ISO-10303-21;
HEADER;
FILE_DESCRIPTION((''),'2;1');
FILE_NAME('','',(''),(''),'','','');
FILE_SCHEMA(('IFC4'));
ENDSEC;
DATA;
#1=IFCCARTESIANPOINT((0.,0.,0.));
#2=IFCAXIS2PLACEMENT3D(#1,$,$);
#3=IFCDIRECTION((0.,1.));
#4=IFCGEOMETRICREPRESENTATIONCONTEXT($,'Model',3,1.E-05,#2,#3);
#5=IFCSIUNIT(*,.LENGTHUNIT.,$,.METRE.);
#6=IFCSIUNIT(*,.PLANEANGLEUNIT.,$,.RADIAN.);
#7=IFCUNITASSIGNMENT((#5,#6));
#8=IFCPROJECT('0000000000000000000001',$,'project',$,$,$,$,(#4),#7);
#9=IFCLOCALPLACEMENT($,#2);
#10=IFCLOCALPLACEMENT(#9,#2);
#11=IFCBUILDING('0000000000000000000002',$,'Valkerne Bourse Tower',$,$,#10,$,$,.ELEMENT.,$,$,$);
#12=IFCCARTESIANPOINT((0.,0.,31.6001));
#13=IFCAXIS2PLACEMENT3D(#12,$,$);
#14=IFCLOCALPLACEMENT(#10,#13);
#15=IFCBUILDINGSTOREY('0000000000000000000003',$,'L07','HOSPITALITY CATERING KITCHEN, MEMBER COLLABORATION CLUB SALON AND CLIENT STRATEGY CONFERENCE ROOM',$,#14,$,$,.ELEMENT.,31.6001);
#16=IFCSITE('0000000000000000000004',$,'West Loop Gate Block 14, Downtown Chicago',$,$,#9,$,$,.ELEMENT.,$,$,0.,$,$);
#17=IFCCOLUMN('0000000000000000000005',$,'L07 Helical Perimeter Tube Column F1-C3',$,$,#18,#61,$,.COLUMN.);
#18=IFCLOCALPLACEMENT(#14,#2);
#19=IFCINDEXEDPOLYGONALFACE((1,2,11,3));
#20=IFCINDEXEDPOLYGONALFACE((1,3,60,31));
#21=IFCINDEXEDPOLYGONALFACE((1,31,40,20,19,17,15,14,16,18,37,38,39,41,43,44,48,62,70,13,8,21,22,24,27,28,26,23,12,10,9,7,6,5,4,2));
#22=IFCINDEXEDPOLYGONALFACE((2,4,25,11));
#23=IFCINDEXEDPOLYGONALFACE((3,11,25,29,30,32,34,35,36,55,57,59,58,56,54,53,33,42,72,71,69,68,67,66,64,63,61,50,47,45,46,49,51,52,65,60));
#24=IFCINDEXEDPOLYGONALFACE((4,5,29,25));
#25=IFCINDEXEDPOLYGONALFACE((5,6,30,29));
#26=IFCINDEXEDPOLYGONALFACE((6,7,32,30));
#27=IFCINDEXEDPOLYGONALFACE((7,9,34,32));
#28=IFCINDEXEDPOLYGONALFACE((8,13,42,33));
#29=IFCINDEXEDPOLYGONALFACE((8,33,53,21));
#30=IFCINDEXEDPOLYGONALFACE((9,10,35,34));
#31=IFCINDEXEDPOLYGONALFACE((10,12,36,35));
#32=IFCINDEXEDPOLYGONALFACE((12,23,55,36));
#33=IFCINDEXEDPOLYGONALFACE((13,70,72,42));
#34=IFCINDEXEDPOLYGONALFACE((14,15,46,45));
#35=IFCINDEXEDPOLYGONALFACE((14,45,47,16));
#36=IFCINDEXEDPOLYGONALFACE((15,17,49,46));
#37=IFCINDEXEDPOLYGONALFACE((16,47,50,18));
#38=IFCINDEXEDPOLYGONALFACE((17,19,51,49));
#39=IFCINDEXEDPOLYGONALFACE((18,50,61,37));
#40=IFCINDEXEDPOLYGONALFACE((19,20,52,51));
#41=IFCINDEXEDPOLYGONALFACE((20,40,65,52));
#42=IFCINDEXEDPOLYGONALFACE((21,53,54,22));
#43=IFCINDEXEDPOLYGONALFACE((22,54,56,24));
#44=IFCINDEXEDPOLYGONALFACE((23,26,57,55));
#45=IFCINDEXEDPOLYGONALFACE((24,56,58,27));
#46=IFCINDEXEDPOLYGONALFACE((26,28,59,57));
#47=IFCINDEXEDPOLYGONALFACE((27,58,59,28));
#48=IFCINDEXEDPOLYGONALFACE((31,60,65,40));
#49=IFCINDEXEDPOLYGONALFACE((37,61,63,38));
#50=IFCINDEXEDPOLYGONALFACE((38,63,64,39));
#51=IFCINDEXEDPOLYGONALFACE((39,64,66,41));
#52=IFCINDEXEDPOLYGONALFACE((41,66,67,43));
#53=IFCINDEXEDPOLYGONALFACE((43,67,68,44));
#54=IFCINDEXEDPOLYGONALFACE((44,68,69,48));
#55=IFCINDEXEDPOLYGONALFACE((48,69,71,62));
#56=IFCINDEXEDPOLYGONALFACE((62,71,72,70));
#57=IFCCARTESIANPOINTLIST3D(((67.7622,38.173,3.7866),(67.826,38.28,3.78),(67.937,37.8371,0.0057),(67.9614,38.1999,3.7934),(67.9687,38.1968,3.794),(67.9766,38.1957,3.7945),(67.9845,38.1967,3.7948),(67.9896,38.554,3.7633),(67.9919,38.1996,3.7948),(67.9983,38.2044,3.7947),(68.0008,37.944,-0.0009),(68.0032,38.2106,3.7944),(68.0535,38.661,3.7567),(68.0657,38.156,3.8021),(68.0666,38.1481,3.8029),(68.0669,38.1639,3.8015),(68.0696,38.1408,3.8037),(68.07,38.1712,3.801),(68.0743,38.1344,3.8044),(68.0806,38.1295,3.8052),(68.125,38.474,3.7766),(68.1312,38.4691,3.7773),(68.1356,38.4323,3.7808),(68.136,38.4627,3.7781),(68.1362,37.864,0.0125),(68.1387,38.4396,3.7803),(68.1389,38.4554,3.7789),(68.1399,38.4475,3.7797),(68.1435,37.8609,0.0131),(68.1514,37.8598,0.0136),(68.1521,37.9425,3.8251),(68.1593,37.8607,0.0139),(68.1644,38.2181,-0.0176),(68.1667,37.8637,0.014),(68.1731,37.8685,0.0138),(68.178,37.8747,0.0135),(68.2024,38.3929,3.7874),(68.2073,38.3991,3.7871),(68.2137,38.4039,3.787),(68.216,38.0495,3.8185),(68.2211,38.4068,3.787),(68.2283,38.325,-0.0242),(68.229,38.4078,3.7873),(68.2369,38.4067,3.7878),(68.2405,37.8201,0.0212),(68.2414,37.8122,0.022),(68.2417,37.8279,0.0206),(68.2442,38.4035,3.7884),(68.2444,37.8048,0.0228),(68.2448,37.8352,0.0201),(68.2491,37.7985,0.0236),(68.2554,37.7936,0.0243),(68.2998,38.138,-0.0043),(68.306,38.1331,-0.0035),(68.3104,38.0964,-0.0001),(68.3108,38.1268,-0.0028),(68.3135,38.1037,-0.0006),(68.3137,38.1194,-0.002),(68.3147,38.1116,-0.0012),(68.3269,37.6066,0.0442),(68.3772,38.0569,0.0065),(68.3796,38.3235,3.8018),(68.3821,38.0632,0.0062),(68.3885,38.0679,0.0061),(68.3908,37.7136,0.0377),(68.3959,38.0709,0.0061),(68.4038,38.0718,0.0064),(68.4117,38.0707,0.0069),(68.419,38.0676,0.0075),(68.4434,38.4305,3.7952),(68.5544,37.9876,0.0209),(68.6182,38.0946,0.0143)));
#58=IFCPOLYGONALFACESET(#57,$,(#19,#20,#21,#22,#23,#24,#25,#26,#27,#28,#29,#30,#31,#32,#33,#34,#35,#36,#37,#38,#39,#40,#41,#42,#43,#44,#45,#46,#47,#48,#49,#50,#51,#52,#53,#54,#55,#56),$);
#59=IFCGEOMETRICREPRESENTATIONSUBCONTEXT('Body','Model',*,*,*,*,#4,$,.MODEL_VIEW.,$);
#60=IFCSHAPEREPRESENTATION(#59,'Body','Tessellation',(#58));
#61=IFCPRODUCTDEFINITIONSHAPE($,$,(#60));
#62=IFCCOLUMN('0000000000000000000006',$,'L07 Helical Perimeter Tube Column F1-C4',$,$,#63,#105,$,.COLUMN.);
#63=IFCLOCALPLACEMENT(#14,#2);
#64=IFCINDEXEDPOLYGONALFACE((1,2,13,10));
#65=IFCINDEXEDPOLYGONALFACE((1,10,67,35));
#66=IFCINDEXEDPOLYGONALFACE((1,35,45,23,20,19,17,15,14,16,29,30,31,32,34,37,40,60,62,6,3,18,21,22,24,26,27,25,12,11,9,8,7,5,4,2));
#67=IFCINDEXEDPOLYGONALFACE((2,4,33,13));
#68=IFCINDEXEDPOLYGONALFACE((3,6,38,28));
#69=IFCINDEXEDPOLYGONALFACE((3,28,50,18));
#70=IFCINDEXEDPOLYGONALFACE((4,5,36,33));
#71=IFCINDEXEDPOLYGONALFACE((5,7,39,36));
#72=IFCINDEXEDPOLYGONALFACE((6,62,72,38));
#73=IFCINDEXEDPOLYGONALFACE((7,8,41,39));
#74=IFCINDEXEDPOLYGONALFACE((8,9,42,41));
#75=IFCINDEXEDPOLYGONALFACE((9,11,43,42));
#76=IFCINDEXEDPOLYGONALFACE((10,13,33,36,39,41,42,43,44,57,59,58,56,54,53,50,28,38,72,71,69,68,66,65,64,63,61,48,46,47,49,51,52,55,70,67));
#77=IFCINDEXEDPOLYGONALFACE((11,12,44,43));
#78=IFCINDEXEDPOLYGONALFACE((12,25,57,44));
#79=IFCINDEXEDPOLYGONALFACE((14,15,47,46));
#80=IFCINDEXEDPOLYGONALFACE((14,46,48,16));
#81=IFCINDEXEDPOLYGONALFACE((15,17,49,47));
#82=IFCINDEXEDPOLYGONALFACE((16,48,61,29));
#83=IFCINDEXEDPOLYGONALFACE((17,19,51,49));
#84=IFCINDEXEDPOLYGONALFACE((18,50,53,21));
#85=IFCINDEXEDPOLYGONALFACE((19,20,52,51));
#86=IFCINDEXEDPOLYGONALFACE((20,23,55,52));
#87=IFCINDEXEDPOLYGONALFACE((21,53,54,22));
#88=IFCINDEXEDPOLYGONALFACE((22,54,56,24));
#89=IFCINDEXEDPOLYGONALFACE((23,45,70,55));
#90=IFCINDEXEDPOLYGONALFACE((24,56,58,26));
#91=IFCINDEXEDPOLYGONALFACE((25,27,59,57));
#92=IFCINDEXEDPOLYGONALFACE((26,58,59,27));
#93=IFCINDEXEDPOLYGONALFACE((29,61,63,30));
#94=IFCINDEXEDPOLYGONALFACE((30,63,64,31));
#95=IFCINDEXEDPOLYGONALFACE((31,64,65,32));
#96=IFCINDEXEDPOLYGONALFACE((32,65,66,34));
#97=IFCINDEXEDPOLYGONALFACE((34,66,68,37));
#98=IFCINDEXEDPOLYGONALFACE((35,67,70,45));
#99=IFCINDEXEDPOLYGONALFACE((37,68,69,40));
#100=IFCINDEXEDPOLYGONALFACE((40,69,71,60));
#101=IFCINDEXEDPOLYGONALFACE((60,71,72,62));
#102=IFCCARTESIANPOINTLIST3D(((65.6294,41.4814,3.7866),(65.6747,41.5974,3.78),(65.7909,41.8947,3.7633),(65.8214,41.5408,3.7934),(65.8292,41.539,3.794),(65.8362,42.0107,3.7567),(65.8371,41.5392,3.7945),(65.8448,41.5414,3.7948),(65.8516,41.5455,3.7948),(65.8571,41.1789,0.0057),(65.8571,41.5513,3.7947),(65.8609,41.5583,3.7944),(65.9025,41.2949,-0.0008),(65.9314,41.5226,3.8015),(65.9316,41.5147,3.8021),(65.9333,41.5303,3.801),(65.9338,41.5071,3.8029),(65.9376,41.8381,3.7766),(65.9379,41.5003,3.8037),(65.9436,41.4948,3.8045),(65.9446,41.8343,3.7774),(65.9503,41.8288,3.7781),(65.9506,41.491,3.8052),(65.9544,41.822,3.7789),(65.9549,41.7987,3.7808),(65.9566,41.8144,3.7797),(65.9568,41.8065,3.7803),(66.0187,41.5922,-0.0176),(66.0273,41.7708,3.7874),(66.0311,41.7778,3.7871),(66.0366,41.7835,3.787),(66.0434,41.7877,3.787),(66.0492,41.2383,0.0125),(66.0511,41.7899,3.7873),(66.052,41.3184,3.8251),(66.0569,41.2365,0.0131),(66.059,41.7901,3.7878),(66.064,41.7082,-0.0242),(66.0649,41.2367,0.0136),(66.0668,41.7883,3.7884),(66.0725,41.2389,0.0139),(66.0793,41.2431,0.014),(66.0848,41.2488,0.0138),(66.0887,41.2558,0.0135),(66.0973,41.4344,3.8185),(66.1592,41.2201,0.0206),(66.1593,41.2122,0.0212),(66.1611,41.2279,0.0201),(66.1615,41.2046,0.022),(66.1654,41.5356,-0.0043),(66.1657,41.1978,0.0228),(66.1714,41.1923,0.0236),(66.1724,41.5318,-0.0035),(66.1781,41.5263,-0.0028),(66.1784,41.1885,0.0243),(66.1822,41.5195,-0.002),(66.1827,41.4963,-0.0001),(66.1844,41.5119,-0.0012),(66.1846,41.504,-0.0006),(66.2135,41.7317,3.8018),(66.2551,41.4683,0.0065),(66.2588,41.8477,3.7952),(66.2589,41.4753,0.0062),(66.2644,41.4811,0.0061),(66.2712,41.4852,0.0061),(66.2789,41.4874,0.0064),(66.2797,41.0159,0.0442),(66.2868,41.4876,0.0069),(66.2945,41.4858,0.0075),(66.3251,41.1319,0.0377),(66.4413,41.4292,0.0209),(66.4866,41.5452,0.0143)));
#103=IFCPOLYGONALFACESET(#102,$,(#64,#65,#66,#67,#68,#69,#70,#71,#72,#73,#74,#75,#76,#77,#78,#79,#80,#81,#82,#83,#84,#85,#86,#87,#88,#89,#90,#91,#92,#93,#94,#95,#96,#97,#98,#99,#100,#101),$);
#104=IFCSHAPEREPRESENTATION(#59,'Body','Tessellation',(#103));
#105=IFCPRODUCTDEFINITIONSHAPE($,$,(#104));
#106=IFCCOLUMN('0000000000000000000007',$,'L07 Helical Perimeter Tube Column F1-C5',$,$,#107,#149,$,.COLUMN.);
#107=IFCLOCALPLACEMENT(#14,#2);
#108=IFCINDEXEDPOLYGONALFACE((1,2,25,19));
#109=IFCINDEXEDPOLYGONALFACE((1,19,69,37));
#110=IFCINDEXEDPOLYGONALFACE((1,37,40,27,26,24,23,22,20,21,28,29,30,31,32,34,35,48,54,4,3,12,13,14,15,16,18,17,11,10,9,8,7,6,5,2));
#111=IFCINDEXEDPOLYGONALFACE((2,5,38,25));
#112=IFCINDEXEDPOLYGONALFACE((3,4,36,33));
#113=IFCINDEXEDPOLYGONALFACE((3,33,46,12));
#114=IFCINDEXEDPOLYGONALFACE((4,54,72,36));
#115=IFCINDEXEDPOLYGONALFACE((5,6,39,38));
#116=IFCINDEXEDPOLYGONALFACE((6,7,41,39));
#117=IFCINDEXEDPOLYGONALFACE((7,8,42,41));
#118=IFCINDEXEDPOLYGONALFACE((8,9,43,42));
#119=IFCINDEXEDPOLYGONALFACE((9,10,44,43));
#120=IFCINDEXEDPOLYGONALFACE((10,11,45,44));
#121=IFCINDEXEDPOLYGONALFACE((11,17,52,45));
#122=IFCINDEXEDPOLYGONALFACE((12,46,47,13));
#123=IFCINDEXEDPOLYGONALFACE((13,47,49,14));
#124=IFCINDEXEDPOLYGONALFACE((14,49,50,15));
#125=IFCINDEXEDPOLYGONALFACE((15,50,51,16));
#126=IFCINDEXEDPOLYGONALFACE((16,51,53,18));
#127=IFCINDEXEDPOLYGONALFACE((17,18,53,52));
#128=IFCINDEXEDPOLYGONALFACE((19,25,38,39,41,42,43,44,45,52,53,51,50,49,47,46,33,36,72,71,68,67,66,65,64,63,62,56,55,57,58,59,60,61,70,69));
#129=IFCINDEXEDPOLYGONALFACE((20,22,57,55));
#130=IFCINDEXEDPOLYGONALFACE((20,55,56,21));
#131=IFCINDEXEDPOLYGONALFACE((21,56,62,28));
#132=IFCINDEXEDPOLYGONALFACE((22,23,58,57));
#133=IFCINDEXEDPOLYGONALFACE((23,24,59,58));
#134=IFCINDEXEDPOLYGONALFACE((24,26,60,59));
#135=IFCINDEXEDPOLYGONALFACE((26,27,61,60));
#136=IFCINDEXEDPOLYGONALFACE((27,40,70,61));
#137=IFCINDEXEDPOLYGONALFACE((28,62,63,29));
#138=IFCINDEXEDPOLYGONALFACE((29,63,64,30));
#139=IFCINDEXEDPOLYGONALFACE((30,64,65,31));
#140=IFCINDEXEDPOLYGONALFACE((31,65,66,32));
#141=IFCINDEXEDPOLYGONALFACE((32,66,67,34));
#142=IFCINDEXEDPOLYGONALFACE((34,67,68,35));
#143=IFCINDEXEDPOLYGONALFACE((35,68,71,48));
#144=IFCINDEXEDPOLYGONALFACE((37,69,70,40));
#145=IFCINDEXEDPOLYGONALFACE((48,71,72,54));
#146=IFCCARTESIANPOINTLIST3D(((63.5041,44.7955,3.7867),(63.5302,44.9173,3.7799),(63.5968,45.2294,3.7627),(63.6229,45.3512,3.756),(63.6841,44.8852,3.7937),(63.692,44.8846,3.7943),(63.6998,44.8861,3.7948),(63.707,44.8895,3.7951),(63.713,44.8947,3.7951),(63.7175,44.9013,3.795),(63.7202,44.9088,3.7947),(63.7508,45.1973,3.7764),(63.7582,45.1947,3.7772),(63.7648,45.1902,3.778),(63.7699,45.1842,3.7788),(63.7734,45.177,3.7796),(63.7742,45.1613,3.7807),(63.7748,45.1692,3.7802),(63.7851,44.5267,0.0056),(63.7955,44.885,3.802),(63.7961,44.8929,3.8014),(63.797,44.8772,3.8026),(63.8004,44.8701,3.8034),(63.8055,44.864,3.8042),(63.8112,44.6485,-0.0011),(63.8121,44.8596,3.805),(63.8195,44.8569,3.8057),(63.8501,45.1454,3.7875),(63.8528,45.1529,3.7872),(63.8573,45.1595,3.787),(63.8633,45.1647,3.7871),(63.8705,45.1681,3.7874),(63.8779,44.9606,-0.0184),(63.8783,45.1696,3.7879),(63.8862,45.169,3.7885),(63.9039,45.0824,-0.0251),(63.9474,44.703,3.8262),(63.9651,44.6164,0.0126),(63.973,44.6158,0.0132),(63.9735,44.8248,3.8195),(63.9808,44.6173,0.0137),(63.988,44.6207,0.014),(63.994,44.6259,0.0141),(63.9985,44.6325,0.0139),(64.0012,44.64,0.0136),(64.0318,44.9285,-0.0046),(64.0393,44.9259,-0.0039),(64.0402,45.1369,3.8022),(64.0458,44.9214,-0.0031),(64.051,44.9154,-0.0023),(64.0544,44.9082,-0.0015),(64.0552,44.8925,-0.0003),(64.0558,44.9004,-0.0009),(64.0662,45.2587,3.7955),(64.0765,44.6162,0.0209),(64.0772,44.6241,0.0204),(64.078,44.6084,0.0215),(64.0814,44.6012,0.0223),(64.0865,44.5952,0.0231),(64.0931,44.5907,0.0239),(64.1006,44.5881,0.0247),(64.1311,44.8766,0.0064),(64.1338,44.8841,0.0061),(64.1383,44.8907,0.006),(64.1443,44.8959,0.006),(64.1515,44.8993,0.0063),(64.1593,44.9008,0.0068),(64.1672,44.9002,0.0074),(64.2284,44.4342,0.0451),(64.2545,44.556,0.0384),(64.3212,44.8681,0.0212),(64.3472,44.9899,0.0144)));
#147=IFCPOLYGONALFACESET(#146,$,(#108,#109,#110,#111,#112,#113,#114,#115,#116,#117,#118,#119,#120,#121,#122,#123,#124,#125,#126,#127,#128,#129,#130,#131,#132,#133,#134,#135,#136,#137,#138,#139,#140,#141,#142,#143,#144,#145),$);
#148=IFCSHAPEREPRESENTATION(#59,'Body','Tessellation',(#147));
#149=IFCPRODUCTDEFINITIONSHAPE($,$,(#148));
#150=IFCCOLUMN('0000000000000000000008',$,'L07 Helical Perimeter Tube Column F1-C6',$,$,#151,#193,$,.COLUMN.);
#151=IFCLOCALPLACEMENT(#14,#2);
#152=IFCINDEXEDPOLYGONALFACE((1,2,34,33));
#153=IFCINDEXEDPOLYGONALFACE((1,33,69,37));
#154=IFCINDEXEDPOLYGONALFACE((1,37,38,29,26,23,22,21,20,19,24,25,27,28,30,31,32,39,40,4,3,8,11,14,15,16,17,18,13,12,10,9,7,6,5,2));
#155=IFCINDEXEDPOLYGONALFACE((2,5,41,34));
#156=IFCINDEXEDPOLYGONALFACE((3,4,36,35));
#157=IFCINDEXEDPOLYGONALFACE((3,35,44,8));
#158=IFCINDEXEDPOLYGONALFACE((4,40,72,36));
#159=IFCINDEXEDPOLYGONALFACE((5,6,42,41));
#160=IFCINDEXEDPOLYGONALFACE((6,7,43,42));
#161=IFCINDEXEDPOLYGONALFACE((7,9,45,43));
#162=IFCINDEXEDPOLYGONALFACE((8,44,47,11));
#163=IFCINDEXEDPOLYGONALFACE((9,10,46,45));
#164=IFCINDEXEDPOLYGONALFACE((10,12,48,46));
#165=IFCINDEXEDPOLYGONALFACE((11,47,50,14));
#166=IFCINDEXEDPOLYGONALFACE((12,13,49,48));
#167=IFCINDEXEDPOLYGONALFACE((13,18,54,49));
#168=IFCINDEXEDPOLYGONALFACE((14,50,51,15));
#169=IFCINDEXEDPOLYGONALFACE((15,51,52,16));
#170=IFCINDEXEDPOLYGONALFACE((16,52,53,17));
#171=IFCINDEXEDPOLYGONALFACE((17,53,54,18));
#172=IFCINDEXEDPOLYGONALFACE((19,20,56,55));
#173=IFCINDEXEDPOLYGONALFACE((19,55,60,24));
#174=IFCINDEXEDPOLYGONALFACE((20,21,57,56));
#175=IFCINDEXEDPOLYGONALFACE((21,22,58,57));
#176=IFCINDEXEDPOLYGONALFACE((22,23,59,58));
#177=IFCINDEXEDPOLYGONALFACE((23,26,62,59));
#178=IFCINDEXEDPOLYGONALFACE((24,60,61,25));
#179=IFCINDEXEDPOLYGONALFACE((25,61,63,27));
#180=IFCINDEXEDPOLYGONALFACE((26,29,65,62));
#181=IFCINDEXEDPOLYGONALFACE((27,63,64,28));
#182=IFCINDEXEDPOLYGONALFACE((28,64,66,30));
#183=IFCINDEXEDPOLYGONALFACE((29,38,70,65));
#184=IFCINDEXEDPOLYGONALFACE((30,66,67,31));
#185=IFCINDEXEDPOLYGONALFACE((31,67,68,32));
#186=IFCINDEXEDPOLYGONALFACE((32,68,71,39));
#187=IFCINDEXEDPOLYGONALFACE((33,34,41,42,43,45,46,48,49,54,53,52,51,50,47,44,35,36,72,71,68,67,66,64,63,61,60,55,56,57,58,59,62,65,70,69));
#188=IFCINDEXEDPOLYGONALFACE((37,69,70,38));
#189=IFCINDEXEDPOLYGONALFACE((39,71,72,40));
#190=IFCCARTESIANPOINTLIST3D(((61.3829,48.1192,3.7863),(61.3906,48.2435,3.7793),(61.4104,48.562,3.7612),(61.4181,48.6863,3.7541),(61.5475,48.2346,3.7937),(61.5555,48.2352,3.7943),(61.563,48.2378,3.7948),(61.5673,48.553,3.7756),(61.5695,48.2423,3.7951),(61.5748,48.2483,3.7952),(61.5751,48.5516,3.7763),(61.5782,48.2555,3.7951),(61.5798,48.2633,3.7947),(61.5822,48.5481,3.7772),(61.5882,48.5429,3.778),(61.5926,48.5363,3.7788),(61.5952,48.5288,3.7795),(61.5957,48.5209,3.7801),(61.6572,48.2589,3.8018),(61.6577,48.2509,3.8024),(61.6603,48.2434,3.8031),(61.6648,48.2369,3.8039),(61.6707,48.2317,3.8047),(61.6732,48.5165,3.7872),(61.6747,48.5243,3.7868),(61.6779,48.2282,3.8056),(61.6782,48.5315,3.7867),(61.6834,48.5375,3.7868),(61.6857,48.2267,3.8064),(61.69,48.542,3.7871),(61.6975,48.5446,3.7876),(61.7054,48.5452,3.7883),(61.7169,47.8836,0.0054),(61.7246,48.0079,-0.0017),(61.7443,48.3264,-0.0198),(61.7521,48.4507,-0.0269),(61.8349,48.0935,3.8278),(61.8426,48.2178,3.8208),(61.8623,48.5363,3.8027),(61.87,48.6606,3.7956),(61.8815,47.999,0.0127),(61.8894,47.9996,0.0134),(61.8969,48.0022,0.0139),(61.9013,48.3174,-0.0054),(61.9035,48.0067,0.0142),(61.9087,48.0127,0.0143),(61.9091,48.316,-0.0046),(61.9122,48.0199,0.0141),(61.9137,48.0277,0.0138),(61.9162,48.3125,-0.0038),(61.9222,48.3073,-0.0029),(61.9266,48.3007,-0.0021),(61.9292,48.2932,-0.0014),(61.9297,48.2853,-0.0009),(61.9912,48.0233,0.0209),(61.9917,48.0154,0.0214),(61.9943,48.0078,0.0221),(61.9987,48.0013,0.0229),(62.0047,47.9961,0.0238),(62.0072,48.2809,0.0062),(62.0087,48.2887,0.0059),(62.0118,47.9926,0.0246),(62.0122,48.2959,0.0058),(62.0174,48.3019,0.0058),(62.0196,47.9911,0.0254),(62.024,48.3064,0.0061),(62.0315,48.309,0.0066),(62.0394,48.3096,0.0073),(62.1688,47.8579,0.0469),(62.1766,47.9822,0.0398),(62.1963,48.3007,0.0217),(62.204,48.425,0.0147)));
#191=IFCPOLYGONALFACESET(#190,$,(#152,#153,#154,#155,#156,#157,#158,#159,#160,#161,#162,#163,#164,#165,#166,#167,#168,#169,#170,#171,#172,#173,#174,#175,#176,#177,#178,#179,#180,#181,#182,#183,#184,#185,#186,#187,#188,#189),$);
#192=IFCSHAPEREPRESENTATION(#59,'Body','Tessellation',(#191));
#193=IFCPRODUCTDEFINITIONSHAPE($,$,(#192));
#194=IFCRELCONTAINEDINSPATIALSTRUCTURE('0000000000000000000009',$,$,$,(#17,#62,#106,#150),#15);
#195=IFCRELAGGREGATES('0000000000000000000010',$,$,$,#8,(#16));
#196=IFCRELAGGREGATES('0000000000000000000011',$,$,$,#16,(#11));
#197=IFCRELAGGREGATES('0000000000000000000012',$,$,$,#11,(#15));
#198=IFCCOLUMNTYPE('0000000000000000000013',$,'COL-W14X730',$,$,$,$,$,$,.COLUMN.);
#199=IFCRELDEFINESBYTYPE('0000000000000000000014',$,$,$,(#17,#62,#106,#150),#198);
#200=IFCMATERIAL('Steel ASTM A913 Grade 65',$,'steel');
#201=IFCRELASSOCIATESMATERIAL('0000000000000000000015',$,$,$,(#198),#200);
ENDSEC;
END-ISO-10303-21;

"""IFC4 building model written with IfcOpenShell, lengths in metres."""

from ifc_helpers import new_model, si_unit, direction, frame, origin, origin_2d, place, context, subcontext, project, spatial, i_section, extrude, material, material_profile, profile_set, type_object, element, save


model = new_model("IFC4")

# Units and contexts
model_context = context("Model", 3, precision=1e-05, world=origin(), true_north=direction((0.0, 1.0)))
body_context = subcontext(model_context, "Body", "Model", "MODEL_VIEW")
ifc_project = project(units=[si_unit("LENGTHUNIT", "METRE"), si_unit("PLANEANGLEUNIT", "RADIAN")], contexts=[model_context])

# Site, building, storey
site_placement = place(None, origin())
site = spatial("IfcSite", under=ifc_project, at=site_placement, Name="West Loop Gate Block 14, Downtown Chicago", CompositionType="ELEMENT", RefElevation=0.0)
building_placement = place(site_placement, origin())
building = spatial("IfcBuilding", under=site, at=building_placement, Name="Valkerne Bourse Tower", CompositionType="ELEMENT")
storey_placement = place(building_placement, frame((0.0, 0.0, 31.6001)))
storey = spatial("IfcBuildingStorey", under=building, at=storey_placement, Name="L07", Description="HOSPITALITY CATERING KITCHEN, MEMBER COLLABORATION CLUB SALON AND CLIENT STRATEGY CONFERENCE ROOM", CompositionType="ELEMENT", Elevation=31.6001)

# Columns
ifc_material_1 = material(Name="Steel ASTM A913 Grade 65", Category="steel")
ifc_material_profile_1 = material_profile(ifc_material_1, i_section(OverallWidth=0.4546, OverallDepth=0.5691, WebThickness=0.0779, FlangeThickness=0.1248, FilletRadius=0.0305, at=origin_2d()), Name="W14X730")
ifc_profile_set_1 = profile_set([ifc_material_profile_1], Name="Steel ASTM A913 Grade 65")
column_type = type_object("IfcColumnType", Name="COL-W14X730", PredefinedType="COLUMN", material=ifc_profile_set_1)
for number, where, z_axis, x_axis, name in (
    (1, (68.2776, 37.9658, 0.01), (-0.046002, 0.088406, 0.995022), (0.857812, -0.506937, 0.084699), "L07 Helical Perimeter Tube Column F1-C3"),
    (2, (66.1719, 41.3621, 0.01), (-0.059944, 0.079604, 0.995023), (0.929657, -0.358559, 0.084692), "L07 Helical Perimeter Tube Column F1-C4"),
):
    element("IfcColumn", number, at=place(storey_placement, frame(where, z_axis=z_axis, x_axis=x_axis)), inside=storey, type_object=column_type, Name=name, PredefinedType="COLUMN", context=body_context, shape_type="SweptSolid", body=[
        extrude(i_section(OverallWidth=0.4546, OverallDepth=0.5691, WebThickness=0.0779, FlangeThickness=0.1248, FilletRadius=0.0305, at=origin_2d()), origin(), (0.0, 0.0, 1.0), 3.7998),
    ])
column_1_placement = place(storey_placement, frame((64.0662, 44.7583, 0.01), z_axis=(-0.07393, 0.070719, 0.994753), x_axis=(0.975185, -0.203601, 0.086951)))
element("IfcColumn", 3, at=column_1_placement, inside=storey, type_object=column_type, Name="L07 Helical Perimeter Tube Column F1-C5", PredefinedType="COLUMN", context=body_context, shape_type="SweptSolid", body=[
    extrude(i_section(OverallWidth=0.4546, OverallDepth=0.5691, WebThickness=0.0779, FlangeThickness=0.1248, FilletRadius=0.0305, at=origin_2d()), origin(), (0.0, 0.0, 1.0), 3.801),
])
for number, where, z_axis, x_axis, name in (
    (4, (61.9604, 48.1543, 0.01), (-0.087821, 0.061949, 0.994208), (0.994218, -0.05646, 0.091339), "L07 Helical Perimeter Tube Column F1-C6"),
):
    element("IfcColumn", number, at=place(storey_placement, frame(where, z_axis=z_axis, x_axis=x_axis)), inside=storey, type_object=column_type, Name=name, PredefinedType="COLUMN", context=body_context, shape_type="SweptSolid", body=[
        extrude(i_section(OverallWidth=0.4546, OverallDepth=0.5691, WebThickness=0.0779, FlangeThickness=0.1248, FilletRadius=0.0305, at=origin_2d()), origin(), (0.0, 0.0, 1.0), 3.803),
    ])

save(model, "model.ifc")
